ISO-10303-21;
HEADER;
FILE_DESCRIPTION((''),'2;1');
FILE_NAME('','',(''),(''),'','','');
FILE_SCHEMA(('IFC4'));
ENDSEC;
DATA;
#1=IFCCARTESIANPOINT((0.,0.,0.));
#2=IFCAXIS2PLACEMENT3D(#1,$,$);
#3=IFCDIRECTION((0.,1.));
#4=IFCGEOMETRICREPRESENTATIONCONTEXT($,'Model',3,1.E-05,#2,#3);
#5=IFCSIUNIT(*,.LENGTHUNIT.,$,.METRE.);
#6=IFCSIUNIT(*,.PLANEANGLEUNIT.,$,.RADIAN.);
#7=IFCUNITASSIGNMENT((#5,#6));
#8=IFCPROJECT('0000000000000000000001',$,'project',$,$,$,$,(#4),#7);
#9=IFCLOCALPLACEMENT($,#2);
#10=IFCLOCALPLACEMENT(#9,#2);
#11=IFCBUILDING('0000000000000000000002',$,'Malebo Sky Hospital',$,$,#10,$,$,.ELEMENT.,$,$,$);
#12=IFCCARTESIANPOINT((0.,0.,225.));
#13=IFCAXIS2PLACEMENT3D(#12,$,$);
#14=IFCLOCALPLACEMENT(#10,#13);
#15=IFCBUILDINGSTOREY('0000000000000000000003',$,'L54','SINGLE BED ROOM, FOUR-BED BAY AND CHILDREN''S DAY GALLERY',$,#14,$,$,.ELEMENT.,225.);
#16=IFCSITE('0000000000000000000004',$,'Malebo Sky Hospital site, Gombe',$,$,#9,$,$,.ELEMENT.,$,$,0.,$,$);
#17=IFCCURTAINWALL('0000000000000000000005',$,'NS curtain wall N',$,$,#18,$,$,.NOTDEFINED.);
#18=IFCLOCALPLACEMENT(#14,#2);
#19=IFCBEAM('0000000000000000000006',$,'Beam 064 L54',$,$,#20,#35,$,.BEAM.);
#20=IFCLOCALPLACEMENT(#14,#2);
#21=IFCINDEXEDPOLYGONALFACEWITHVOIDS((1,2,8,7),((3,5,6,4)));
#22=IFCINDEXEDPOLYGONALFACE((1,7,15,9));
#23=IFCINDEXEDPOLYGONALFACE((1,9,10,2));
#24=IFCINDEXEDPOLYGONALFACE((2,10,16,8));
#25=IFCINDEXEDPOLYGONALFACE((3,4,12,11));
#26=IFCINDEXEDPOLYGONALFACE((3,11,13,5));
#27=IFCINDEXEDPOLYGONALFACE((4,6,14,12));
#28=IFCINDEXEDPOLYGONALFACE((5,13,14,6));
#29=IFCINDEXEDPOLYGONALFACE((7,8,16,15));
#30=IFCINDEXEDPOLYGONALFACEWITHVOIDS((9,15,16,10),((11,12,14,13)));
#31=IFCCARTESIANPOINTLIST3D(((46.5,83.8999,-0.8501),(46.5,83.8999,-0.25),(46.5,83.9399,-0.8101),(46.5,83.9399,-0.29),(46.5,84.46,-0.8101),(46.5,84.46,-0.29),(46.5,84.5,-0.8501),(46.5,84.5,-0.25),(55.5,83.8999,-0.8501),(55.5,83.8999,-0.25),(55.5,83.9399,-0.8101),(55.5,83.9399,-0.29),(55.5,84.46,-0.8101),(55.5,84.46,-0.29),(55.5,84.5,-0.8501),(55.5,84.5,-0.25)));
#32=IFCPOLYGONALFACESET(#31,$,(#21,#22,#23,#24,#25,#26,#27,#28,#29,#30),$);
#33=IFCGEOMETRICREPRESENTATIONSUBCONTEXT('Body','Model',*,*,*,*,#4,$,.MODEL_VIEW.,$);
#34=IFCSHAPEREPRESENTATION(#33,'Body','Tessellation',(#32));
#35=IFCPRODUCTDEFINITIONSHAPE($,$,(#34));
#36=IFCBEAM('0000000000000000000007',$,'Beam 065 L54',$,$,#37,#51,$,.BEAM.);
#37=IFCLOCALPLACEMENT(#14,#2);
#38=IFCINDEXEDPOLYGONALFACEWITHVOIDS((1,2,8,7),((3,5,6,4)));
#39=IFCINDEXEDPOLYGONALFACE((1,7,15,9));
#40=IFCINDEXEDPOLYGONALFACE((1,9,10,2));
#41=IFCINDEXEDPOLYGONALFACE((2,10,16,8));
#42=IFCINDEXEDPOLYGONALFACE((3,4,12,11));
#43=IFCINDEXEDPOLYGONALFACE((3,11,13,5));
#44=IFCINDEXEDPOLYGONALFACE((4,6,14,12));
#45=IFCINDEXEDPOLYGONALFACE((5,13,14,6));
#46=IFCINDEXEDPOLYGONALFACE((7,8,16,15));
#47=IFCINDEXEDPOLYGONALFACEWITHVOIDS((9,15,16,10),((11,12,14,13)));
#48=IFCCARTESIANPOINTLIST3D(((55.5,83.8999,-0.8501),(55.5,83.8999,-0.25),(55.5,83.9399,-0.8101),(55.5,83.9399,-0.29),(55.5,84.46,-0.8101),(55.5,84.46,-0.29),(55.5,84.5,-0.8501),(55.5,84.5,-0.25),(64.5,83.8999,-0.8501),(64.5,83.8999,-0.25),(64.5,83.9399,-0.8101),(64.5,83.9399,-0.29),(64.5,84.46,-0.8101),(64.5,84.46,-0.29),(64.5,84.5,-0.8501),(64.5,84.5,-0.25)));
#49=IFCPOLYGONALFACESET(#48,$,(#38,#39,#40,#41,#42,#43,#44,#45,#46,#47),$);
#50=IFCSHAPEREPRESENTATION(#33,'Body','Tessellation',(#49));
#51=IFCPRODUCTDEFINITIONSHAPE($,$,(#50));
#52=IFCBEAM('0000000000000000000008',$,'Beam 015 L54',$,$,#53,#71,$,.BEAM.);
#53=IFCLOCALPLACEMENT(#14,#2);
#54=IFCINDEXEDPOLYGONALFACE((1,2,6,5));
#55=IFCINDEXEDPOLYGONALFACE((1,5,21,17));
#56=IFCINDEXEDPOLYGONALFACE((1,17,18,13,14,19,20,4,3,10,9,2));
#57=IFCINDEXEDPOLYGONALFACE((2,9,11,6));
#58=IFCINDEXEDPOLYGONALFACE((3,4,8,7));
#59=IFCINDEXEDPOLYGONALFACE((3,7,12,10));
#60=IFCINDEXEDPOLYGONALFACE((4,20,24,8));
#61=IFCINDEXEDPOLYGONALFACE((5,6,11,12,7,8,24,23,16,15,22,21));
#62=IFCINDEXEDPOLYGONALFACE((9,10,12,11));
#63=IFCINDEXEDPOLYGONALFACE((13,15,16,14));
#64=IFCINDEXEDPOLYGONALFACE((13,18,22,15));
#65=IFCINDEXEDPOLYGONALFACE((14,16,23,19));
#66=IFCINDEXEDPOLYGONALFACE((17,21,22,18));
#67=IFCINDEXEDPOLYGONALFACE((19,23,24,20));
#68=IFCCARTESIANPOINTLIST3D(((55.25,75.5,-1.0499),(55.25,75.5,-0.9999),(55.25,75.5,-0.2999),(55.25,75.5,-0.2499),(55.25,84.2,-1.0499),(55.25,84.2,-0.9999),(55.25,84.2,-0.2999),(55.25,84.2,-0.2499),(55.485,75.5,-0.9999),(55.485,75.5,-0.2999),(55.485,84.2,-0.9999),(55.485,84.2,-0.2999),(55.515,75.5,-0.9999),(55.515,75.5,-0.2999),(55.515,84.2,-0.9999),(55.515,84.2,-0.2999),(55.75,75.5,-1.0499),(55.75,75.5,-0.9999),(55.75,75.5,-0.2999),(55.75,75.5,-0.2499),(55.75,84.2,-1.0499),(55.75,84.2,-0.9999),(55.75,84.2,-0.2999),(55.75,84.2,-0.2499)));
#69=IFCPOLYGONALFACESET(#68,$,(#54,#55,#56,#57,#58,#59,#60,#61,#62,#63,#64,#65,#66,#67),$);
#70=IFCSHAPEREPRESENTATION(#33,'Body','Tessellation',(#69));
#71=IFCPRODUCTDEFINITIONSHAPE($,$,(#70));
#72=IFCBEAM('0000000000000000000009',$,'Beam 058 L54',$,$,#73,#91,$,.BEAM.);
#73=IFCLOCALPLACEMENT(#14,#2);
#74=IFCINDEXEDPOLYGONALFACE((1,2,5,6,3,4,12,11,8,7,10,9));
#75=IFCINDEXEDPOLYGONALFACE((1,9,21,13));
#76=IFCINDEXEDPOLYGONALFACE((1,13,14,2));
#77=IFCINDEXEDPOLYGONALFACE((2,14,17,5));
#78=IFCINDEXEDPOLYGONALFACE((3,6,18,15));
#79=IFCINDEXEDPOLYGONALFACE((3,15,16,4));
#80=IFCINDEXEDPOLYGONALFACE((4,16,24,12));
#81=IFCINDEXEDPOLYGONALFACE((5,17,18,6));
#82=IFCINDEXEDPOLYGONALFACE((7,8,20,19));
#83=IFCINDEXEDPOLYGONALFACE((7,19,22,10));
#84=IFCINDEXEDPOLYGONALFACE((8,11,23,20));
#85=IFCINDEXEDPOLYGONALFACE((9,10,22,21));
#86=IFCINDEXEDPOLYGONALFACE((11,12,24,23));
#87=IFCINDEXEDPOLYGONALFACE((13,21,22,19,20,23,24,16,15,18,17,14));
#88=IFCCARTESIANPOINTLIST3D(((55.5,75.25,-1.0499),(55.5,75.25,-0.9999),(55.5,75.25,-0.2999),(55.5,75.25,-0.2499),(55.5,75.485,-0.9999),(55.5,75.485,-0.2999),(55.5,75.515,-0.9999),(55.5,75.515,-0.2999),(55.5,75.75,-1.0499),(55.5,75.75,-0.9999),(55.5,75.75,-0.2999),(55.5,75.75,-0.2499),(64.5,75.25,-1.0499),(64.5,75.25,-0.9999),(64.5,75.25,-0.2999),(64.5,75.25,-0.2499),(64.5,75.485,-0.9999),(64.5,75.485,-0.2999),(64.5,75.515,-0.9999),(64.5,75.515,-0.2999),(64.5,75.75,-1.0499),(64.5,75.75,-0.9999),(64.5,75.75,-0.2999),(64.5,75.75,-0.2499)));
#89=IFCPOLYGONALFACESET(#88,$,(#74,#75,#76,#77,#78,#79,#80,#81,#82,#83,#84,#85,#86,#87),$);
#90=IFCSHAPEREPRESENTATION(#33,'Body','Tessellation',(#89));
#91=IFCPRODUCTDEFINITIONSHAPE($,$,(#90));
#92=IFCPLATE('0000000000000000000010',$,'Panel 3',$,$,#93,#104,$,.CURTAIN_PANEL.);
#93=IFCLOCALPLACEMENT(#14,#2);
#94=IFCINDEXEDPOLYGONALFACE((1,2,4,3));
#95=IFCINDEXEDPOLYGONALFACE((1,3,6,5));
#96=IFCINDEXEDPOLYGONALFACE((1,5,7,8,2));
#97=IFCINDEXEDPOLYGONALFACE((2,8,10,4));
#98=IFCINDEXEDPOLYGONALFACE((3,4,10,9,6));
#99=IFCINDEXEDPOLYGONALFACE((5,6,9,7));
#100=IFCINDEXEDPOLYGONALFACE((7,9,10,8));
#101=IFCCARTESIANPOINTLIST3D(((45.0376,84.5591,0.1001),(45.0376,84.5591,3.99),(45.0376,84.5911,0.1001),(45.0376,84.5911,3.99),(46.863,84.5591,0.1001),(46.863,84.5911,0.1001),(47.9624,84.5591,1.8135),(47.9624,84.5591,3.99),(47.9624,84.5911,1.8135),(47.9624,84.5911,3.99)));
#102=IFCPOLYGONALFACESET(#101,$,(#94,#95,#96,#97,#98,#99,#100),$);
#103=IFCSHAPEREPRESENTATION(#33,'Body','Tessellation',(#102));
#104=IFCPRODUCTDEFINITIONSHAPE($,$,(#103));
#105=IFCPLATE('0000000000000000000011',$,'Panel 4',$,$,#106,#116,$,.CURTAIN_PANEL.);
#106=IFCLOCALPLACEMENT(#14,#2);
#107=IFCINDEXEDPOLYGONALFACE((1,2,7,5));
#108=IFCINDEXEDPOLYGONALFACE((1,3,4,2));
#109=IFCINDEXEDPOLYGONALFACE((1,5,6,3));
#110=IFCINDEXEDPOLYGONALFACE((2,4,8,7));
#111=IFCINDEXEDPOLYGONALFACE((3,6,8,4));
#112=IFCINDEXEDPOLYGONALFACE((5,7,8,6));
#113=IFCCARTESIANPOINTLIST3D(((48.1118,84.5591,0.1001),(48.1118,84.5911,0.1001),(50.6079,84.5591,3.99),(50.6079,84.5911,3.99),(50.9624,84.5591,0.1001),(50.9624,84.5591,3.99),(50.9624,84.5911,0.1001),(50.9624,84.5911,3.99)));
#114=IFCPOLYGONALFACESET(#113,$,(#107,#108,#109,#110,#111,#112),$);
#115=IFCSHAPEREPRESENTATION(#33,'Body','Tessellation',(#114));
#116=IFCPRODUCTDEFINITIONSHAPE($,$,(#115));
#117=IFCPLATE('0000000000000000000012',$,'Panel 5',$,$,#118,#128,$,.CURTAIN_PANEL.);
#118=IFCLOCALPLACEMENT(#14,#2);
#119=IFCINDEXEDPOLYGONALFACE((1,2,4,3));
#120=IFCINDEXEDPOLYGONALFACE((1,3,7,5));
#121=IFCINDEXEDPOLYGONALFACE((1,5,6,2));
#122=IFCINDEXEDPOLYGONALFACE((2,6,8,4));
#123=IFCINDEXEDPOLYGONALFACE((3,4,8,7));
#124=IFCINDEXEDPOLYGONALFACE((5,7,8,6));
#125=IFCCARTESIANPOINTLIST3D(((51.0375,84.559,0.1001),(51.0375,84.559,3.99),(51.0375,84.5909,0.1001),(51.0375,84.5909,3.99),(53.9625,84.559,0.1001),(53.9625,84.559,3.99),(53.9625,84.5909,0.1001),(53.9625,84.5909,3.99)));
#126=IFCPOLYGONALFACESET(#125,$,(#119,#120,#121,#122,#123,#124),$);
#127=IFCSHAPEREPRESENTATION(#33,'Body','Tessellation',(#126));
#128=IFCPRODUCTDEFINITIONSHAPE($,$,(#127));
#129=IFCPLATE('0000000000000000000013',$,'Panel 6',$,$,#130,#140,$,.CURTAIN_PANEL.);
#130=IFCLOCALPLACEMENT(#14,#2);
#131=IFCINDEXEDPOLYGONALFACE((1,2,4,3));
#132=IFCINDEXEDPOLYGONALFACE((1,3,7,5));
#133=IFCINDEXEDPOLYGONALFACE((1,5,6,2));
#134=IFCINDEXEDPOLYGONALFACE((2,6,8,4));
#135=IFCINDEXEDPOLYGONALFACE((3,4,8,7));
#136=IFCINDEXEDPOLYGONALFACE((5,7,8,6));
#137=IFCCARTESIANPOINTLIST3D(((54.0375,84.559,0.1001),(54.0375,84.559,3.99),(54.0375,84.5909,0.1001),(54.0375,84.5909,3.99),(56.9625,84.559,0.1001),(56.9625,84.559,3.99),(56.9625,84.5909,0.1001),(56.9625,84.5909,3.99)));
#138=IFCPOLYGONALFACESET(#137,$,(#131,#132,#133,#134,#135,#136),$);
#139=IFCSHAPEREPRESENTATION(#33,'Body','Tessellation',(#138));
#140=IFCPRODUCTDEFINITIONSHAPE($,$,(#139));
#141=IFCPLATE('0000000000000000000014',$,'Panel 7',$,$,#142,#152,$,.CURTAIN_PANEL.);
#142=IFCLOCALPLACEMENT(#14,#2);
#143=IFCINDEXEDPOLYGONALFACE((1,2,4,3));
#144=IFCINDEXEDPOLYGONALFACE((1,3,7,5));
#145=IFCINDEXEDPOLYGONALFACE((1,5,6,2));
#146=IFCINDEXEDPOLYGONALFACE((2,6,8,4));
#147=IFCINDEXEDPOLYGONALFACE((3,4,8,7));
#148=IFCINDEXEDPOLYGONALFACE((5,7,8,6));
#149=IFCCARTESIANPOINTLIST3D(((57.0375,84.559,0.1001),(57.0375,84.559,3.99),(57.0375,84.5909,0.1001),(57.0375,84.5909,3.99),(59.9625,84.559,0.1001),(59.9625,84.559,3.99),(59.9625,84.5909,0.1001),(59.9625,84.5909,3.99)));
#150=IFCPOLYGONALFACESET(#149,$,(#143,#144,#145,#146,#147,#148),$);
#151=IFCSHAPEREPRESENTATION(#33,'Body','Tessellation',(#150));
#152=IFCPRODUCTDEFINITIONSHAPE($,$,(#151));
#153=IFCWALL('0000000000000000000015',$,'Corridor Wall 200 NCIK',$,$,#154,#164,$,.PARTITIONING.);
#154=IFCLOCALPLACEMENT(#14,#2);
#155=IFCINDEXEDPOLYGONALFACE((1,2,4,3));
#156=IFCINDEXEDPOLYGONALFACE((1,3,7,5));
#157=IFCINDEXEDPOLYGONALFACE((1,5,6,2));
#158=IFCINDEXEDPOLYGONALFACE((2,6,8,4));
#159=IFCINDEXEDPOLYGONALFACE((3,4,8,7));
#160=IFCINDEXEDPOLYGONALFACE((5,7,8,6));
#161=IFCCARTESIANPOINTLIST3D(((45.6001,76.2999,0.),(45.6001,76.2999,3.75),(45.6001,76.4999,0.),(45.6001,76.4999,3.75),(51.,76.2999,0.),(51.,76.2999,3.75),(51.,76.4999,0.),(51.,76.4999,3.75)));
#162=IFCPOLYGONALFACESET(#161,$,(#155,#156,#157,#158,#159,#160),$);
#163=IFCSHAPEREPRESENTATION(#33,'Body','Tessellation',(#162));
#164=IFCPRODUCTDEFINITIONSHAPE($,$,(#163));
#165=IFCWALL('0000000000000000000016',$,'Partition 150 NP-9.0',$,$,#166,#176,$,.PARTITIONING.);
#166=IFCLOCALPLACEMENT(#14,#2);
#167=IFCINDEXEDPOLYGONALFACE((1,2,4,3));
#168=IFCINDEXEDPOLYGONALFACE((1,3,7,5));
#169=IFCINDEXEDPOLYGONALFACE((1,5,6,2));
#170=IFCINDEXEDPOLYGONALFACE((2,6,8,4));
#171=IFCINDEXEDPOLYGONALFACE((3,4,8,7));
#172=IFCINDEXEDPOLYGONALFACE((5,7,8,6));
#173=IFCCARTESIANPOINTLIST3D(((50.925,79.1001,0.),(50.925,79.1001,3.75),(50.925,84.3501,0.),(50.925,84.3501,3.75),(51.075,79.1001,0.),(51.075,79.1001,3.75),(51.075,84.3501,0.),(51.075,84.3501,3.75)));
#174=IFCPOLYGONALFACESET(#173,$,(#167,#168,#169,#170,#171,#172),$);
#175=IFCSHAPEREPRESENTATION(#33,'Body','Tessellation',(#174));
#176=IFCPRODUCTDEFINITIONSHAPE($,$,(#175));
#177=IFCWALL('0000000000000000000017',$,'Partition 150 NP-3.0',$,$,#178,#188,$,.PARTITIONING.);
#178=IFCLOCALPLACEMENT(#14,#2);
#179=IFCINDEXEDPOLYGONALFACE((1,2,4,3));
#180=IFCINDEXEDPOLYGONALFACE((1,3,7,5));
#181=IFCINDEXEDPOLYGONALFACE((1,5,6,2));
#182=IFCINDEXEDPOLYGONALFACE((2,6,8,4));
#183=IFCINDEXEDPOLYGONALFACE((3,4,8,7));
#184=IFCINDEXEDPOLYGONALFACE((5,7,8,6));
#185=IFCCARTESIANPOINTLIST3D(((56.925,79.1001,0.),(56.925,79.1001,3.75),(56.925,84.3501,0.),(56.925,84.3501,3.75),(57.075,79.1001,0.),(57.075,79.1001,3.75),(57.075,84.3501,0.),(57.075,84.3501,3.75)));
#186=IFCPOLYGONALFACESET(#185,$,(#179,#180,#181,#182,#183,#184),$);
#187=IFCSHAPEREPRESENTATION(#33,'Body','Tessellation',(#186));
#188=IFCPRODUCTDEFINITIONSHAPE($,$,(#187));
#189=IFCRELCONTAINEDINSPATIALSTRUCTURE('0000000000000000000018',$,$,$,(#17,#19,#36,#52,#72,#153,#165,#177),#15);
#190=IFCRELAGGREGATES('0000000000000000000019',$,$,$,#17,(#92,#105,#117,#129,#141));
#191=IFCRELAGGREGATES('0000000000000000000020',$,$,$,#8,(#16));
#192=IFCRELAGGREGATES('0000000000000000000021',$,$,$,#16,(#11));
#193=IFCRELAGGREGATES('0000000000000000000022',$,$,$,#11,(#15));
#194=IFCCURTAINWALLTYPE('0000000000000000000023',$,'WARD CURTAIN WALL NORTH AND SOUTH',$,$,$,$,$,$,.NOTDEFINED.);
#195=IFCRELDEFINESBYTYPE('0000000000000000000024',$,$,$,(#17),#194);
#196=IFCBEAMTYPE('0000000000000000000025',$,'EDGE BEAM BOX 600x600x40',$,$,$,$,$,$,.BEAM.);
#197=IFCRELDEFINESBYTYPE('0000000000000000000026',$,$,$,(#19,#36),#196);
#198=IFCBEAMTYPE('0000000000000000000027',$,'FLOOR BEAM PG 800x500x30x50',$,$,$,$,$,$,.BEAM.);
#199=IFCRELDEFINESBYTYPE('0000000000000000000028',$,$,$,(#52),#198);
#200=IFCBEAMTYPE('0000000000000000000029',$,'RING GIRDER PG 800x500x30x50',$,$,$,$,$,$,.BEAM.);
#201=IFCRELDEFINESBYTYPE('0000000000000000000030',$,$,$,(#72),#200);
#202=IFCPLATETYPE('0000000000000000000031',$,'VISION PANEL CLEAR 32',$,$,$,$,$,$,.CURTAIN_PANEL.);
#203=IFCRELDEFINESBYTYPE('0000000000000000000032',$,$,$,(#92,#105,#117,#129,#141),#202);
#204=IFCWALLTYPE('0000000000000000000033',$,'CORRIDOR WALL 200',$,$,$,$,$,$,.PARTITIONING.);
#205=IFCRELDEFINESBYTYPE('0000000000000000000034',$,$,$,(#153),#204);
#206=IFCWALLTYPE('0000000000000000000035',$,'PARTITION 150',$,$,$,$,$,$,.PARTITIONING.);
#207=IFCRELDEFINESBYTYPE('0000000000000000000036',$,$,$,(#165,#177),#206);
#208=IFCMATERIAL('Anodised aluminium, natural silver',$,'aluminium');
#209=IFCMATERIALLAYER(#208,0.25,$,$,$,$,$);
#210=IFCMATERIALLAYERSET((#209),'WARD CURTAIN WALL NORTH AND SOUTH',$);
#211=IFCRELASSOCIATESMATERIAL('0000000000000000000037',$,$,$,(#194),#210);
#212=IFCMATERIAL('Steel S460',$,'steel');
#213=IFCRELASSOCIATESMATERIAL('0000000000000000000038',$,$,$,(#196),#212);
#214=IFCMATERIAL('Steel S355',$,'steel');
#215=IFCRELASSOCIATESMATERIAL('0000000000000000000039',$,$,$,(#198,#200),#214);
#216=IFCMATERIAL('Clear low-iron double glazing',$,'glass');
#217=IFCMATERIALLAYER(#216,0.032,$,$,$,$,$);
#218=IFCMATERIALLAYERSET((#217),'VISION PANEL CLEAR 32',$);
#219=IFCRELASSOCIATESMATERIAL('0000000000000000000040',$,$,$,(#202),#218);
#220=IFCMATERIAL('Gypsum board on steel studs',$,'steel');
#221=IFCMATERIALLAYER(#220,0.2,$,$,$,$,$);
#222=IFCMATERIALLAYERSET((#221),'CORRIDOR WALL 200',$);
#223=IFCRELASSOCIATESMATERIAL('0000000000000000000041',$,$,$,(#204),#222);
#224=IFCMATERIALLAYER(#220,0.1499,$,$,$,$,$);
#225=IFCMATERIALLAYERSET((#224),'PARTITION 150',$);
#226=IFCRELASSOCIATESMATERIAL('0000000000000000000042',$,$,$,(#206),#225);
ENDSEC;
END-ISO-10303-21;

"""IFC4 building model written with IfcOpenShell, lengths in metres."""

from ifc_helpers import new_model, si_unit, direction, frame, frame_2d, origin, origin_2d, place, context, subcontext, project, spatial, polyline, rectangle, hollow_rectangle, i_section, outline, extrude, material, layer, layer_set, material_profile, profile_set, type_object, element, aggregate, save


model = new_model("IFC4")

# Units and contexts
model_context = context("Model", 3, precision=1e-05, world=origin(), true_north=direction((0.0, 1.0)))
body_context = subcontext(model_context, "Body", "Model", "MODEL_VIEW")
ifc_project = project(units=[si_unit("LENGTHUNIT", "METRE"), si_unit("PLANEANGLEUNIT", "RADIAN")], contexts=[model_context])

# Site, building, storey
site_placement = place(None, origin())
site = spatial("IfcSite", under=ifc_project, at=site_placement, Name="Malebo Sky Hospital site, Gombe", CompositionType="ELEMENT", RefElevation=0.0)
building_placement = place(site_placement, origin())
building = spatial("IfcBuilding", under=site, at=building_placement, Name="Malebo Sky Hospital", CompositionType="ELEMENT")
storey_placement = place(building_placement, frame((0.0, 0.0, 225.0)))
storey = spatial("IfcBuildingStorey", under=building, at=storey_placement, Name="L54", Description="SINGLE BED ROOM, FOUR-BED BAY AND CHILDREN'S DAY GALLERY", CompositionType="ELEMENT", Elevation=225.0)

# Shared definitions
ifc_material_1 = material(Name="Steel S460", Category="steel")

# Curtain wall
ifc_material_2 = material(Name="Anodised aluminium, natural silver", Category="aluminium")
ifc_layer_1 = layer(ifc_material_2, 0.25)
ifc_layer_set_1 = layer_set([ifc_layer_1], Name="WARD CURTAIN WALL NORTH AND SOUTH")
curtain_wall_type = type_object("IfcCurtainWallType", Name="WARD CURTAIN WALL NORTH AND SOUTH", PredefinedType="NOTDEFINED", material=ifc_layer_set_1)
curtain_wall_placement = place(storey_placement, origin())
curtain_wall = element("IfcCurtainWall", 1, at=curtain_wall_placement, inside=storey, type_object=curtain_wall_type, Name="NS curtain wall N", PredefinedType="NOTDEFINED")

# Shared definitions
ifc_material_3 = material(Name="Steel S355", Category="steel")

# Beams
ifc_material_profile_1 = material_profile(ifc_material_1, hollow_rectangle(XDim=0.6001, YDim=0.6001, WallThickness=0.04, at=origin_2d()), Name="BOX 600x600x40")
ifc_profile_set_1 = profile_set([ifc_material_profile_1], Name="Steel S460")
beam_type_1 = type_object("IfcBeamType", Name="EDGE BEAM BOX 600x600x40", PredefinedType="BEAM", material=ifc_profile_set_1)
for number, where, z_axis, x_axis, name in (
    (2, (46.5, 84.2, -0.55), (1.0, 0.0, 0.0), (0.0, 1.0, 0.0), "Beam 064 L54"),
    (3, (55.5, 84.2, -0.55), (1.0, 0.0, 0.0), (0.0, 1.0, 0.0), "Beam 065 L54"),
):
    element("IfcBeam", number, at=place(storey_placement, frame(where, z_axis=z_axis, x_axis=x_axis)), inside=storey, type_object=beam_type_1, Name=name, PredefinedType="BEAM", context=body_context, shape_type="SweptSolid", body=[
        extrude(hollow_rectangle(XDim=0.6001, YDim=0.6001, WallThickness=0.04, at=origin_2d()), origin(), (0.0, 0.0, 1.0), 9.0),
    ])
ifc_material_profile_2 = material_profile(ifc_material_3, i_section(OverallWidth=0.5, OverallDepth=0.8, WebThickness=0.03, FlangeThickness=0.05, at=origin_2d()), Name="PG 800x500x30x50")
ifc_profile_set_2 = profile_set([ifc_material_profile_2], Name="Steel S355")
beam_type_2 = type_object("IfcBeamType", Name="FLOOR BEAM PG 800x500x30x50", PredefinedType="BEAM", material=ifc_profile_set_2)
beam_1_placement = place(storey_placement, frame((55.5, 75.5, -0.6499), z_axis=(0.0, 1.0, 0.0), x_axis=(-1.0, 0.0, 0.0)))
element("IfcBeam", 4, at=beam_1_placement, inside=storey, type_object=beam_type_2, Name="Beam 015 L54", PredefinedType="BEAM", context=body_context, shape_type="SweptSolid", body=[
    extrude(i_section(OverallWidth=0.5, OverallDepth=0.8, WebThickness=0.03, FlangeThickness=0.05, at=origin_2d()), origin(), (0.0, 0.0, 1.0), 8.7),
])
ifc_material_profile_3 = material_profile(ifc_material_3, i_section(OverallWidth=0.5, OverallDepth=0.8, WebThickness=0.03, FlangeThickness=0.05, at=origin_2d()), Name="PG 800x500x30x50")
ifc_profile_set_3 = profile_set([ifc_material_profile_3], Name="Steel S355")
beam_type_3 = type_object("IfcBeamType", Name="RING GIRDER PG 800x500x30x50", PredefinedType="BEAM", material=ifc_profile_set_3)
beam_2_placement = place(storey_placement, frame((55.5, 75.5, -0.6499), z_axis=(1.0, 0.0, 0.0), x_axis=(0.0, 1.0, 0.0)))
element("IfcBeam", 5, at=beam_2_placement, inside=storey, type_object=beam_type_3, Name="Beam 058 L54", PredefinedType="BEAM", context=body_context, shape_type="SweptSolid", body=[
    extrude(i_section(OverallWidth=0.5, OverallDepth=0.8, WebThickness=0.03, FlangeThickness=0.05, at=origin_2d()), origin(), (0.0, 0.0, 1.0), 9.0),
])

# Plates
ifc_material_4 = material(Name="Clear low-iron double glazing", Category="glass")
ifc_layer_2 = layer(ifc_material_4, 0.032)
ifc_layer_set_2 = layer_set([ifc_layer_2], Name="VISION PANEL CLEAR 32")
plate_type = type_object("IfcPlateType", Name="VISION PANEL CLEAR 32", PredefinedType="CURTAIN_PANEL", material=ifc_layer_set_2)
plate_1_placement = place(storey_placement, frame((46.5, 84.575, 0.1001), z_axis=(0.0, 0.0, 1.0), x_axis=(1.0, 0.0, 0.0)))
plate_1 = element("IfcPlate", 6, at=plate_1_placement, type_object=plate_type, Name="Panel 3", PredefinedType="CURTAIN_PANEL", context=body_context, shape_type="SweptSolid", body=[
    extrude(outline(polyline([(-1.4624, 0.0), (0.363, 0.0), (1.4624, 1.7134), (1.4624, 3.8899), (-1.4624, 3.8899), (-1.4624, 0.0)])), frame((0.0, 0.0161, 0.0), z_axis=(0.0, -1.0, 0.0), x_axis=(1.0, 0.0, 0.0)), (0.0, 0.0, 1.0), 0.032),
])
plate_2_placement = place(storey_placement, frame((49.5371, 84.575, 0.1001), z_axis=(0.0, 0.0, 1.0), x_axis=(1.0, 0.0, 0.0)))
plate_2 = element("IfcPlate", 7, at=plate_2_placement, type_object=plate_type, Name="Panel 4", PredefinedType="CURTAIN_PANEL", context=body_context, shape_type="SweptSolid", body=[
    extrude(outline(polyline([(-1.4253, 0.0), (1.4253, 0.0), (1.4253, 3.8899), (1.0708, 3.8899), (-1.4253, 0.0)])), frame((0.0, 0.0161, 0.0), z_axis=(0.0, -1.0, 0.0), x_axis=(1.0, 0.0, 0.0)), (0.0, 0.0, 1.0), 0.032),
])
plate_3_placement = place(storey_placement, frame((52.5, 84.575, 0.1001), z_axis=(0.0, 0.0, 1.0), x_axis=(1.0, 0.0, 0.0)))
plate_3 = element("IfcPlate", 8, at=plate_3_placement, type_object=plate_type, Name="Panel 5", PredefinedType="CURTAIN_PANEL", context=body_context, shape_type="SweptSolid", body=[
    extrude(rectangle(XDim=2.925, YDim=0.032, at=origin_2d()), origin(), (0.0, 0.0, 1.0), 3.8899),
])
plate_4_placement = place(storey_placement, frame((55.5, 84.575, 0.1001), z_axis=(0.0, 0.0, 1.0), x_axis=(1.0, 0.0, 0.0)))
plate_4 = element("IfcPlate", 9, at=plate_4_placement, type_object=plate_type, Name="Panel 6", PredefinedType="CURTAIN_PANEL", context=body_context, shape_type="SweptSolid", body=[
    extrude(rectangle(XDim=2.925, YDim=0.032, at=origin_2d()), origin(), (0.0, 0.0, 1.0), 3.8899),
])
plate_5_placement = place(storey_placement, frame((58.5, 84.575, 0.1001), z_axis=(0.0, 0.0, 1.0), x_axis=(1.0, 0.0, 0.0)))
plate_5 = element("IfcPlate", 10, at=plate_5_placement, type_object=plate_type, Name="Panel 7", PredefinedType="CURTAIN_PANEL", context=body_context, shape_type="SweptSolid", body=[
    extrude(rectangle(XDim=2.925, YDim=0.032, at=origin_2d()), origin(), (0.0, 0.0, 1.0), 3.8899),
])
aggregate(curtain_wall, [plate_1, plate_2, plate_3, plate_4, plate_5])

# Walls
ifc_material_5 = material(Name="Gypsum board on steel studs", Category="steel")
ifc_layer_3 = layer(ifc_material_5, 0.2)
ifc_layer_set_3 = layer_set([ifc_layer_3], Name="CORRIDOR WALL 200")
wall_type_1 = type_object("IfcWallType", Name="CORRIDOR WALL 200", PredefinedType="PARTITIONING", material=ifc_layer_set_3)
wall_1_placement = place(storey_placement, frame((45.6001, 76.3999, 0.0), z_axis=(0.0, 0.0, 1.0), x_axis=(1.0, 0.0, 0.0)))
element("IfcWall", 11, at=wall_1_placement, inside=storey, type_object=wall_type_1, Name="Corridor Wall 200 NCIK", PredefinedType="PARTITIONING", context=body_context, shape_type="SweptSolid", body=[
    extrude(rectangle(XDim=5.3999, YDim=0.2, at=frame_2d((2.7, 0.0))), origin(), (0.0, 0.0, 1.0), 3.75),
])
ifc_layer_4 = layer(ifc_material_5, 0.1499)
ifc_layer_set_4 = layer_set([ifc_layer_4], Name="PARTITION 150")
wall_type_2 = type_object("IfcWallType", Name="PARTITION 150", PredefinedType="PARTITIONING", material=ifc_layer_set_4)
for number, where, z_axis, x_axis, name in (
    (12, (51.0, 79.1001, 0.0), (0.0, 0.0, 1.0), (0.0, 1.0, 0.0), "Partition 150 NP-9.0"),
    (13, (57.0, 79.1001, 0.0), (0.0, 0.0, 1.0), (0.0, 1.0, 0.0), "Partition 150 NP-3.0"),
):
    element("IfcWall", number, at=place(storey_placement, frame(where, z_axis=z_axis, x_axis=x_axis)), inside=storey, type_object=wall_type_2, Name=name, PredefinedType="PARTITIONING", context=body_context, shape_type="SweptSolid", body=[
        extrude(rectangle(XDim=5.25, YDim=0.1499, at=frame_2d((2.625, 0.0))), origin(), (0.0, 0.0, 1.0), 3.75),
    ])

save(model, "model.ifc")
